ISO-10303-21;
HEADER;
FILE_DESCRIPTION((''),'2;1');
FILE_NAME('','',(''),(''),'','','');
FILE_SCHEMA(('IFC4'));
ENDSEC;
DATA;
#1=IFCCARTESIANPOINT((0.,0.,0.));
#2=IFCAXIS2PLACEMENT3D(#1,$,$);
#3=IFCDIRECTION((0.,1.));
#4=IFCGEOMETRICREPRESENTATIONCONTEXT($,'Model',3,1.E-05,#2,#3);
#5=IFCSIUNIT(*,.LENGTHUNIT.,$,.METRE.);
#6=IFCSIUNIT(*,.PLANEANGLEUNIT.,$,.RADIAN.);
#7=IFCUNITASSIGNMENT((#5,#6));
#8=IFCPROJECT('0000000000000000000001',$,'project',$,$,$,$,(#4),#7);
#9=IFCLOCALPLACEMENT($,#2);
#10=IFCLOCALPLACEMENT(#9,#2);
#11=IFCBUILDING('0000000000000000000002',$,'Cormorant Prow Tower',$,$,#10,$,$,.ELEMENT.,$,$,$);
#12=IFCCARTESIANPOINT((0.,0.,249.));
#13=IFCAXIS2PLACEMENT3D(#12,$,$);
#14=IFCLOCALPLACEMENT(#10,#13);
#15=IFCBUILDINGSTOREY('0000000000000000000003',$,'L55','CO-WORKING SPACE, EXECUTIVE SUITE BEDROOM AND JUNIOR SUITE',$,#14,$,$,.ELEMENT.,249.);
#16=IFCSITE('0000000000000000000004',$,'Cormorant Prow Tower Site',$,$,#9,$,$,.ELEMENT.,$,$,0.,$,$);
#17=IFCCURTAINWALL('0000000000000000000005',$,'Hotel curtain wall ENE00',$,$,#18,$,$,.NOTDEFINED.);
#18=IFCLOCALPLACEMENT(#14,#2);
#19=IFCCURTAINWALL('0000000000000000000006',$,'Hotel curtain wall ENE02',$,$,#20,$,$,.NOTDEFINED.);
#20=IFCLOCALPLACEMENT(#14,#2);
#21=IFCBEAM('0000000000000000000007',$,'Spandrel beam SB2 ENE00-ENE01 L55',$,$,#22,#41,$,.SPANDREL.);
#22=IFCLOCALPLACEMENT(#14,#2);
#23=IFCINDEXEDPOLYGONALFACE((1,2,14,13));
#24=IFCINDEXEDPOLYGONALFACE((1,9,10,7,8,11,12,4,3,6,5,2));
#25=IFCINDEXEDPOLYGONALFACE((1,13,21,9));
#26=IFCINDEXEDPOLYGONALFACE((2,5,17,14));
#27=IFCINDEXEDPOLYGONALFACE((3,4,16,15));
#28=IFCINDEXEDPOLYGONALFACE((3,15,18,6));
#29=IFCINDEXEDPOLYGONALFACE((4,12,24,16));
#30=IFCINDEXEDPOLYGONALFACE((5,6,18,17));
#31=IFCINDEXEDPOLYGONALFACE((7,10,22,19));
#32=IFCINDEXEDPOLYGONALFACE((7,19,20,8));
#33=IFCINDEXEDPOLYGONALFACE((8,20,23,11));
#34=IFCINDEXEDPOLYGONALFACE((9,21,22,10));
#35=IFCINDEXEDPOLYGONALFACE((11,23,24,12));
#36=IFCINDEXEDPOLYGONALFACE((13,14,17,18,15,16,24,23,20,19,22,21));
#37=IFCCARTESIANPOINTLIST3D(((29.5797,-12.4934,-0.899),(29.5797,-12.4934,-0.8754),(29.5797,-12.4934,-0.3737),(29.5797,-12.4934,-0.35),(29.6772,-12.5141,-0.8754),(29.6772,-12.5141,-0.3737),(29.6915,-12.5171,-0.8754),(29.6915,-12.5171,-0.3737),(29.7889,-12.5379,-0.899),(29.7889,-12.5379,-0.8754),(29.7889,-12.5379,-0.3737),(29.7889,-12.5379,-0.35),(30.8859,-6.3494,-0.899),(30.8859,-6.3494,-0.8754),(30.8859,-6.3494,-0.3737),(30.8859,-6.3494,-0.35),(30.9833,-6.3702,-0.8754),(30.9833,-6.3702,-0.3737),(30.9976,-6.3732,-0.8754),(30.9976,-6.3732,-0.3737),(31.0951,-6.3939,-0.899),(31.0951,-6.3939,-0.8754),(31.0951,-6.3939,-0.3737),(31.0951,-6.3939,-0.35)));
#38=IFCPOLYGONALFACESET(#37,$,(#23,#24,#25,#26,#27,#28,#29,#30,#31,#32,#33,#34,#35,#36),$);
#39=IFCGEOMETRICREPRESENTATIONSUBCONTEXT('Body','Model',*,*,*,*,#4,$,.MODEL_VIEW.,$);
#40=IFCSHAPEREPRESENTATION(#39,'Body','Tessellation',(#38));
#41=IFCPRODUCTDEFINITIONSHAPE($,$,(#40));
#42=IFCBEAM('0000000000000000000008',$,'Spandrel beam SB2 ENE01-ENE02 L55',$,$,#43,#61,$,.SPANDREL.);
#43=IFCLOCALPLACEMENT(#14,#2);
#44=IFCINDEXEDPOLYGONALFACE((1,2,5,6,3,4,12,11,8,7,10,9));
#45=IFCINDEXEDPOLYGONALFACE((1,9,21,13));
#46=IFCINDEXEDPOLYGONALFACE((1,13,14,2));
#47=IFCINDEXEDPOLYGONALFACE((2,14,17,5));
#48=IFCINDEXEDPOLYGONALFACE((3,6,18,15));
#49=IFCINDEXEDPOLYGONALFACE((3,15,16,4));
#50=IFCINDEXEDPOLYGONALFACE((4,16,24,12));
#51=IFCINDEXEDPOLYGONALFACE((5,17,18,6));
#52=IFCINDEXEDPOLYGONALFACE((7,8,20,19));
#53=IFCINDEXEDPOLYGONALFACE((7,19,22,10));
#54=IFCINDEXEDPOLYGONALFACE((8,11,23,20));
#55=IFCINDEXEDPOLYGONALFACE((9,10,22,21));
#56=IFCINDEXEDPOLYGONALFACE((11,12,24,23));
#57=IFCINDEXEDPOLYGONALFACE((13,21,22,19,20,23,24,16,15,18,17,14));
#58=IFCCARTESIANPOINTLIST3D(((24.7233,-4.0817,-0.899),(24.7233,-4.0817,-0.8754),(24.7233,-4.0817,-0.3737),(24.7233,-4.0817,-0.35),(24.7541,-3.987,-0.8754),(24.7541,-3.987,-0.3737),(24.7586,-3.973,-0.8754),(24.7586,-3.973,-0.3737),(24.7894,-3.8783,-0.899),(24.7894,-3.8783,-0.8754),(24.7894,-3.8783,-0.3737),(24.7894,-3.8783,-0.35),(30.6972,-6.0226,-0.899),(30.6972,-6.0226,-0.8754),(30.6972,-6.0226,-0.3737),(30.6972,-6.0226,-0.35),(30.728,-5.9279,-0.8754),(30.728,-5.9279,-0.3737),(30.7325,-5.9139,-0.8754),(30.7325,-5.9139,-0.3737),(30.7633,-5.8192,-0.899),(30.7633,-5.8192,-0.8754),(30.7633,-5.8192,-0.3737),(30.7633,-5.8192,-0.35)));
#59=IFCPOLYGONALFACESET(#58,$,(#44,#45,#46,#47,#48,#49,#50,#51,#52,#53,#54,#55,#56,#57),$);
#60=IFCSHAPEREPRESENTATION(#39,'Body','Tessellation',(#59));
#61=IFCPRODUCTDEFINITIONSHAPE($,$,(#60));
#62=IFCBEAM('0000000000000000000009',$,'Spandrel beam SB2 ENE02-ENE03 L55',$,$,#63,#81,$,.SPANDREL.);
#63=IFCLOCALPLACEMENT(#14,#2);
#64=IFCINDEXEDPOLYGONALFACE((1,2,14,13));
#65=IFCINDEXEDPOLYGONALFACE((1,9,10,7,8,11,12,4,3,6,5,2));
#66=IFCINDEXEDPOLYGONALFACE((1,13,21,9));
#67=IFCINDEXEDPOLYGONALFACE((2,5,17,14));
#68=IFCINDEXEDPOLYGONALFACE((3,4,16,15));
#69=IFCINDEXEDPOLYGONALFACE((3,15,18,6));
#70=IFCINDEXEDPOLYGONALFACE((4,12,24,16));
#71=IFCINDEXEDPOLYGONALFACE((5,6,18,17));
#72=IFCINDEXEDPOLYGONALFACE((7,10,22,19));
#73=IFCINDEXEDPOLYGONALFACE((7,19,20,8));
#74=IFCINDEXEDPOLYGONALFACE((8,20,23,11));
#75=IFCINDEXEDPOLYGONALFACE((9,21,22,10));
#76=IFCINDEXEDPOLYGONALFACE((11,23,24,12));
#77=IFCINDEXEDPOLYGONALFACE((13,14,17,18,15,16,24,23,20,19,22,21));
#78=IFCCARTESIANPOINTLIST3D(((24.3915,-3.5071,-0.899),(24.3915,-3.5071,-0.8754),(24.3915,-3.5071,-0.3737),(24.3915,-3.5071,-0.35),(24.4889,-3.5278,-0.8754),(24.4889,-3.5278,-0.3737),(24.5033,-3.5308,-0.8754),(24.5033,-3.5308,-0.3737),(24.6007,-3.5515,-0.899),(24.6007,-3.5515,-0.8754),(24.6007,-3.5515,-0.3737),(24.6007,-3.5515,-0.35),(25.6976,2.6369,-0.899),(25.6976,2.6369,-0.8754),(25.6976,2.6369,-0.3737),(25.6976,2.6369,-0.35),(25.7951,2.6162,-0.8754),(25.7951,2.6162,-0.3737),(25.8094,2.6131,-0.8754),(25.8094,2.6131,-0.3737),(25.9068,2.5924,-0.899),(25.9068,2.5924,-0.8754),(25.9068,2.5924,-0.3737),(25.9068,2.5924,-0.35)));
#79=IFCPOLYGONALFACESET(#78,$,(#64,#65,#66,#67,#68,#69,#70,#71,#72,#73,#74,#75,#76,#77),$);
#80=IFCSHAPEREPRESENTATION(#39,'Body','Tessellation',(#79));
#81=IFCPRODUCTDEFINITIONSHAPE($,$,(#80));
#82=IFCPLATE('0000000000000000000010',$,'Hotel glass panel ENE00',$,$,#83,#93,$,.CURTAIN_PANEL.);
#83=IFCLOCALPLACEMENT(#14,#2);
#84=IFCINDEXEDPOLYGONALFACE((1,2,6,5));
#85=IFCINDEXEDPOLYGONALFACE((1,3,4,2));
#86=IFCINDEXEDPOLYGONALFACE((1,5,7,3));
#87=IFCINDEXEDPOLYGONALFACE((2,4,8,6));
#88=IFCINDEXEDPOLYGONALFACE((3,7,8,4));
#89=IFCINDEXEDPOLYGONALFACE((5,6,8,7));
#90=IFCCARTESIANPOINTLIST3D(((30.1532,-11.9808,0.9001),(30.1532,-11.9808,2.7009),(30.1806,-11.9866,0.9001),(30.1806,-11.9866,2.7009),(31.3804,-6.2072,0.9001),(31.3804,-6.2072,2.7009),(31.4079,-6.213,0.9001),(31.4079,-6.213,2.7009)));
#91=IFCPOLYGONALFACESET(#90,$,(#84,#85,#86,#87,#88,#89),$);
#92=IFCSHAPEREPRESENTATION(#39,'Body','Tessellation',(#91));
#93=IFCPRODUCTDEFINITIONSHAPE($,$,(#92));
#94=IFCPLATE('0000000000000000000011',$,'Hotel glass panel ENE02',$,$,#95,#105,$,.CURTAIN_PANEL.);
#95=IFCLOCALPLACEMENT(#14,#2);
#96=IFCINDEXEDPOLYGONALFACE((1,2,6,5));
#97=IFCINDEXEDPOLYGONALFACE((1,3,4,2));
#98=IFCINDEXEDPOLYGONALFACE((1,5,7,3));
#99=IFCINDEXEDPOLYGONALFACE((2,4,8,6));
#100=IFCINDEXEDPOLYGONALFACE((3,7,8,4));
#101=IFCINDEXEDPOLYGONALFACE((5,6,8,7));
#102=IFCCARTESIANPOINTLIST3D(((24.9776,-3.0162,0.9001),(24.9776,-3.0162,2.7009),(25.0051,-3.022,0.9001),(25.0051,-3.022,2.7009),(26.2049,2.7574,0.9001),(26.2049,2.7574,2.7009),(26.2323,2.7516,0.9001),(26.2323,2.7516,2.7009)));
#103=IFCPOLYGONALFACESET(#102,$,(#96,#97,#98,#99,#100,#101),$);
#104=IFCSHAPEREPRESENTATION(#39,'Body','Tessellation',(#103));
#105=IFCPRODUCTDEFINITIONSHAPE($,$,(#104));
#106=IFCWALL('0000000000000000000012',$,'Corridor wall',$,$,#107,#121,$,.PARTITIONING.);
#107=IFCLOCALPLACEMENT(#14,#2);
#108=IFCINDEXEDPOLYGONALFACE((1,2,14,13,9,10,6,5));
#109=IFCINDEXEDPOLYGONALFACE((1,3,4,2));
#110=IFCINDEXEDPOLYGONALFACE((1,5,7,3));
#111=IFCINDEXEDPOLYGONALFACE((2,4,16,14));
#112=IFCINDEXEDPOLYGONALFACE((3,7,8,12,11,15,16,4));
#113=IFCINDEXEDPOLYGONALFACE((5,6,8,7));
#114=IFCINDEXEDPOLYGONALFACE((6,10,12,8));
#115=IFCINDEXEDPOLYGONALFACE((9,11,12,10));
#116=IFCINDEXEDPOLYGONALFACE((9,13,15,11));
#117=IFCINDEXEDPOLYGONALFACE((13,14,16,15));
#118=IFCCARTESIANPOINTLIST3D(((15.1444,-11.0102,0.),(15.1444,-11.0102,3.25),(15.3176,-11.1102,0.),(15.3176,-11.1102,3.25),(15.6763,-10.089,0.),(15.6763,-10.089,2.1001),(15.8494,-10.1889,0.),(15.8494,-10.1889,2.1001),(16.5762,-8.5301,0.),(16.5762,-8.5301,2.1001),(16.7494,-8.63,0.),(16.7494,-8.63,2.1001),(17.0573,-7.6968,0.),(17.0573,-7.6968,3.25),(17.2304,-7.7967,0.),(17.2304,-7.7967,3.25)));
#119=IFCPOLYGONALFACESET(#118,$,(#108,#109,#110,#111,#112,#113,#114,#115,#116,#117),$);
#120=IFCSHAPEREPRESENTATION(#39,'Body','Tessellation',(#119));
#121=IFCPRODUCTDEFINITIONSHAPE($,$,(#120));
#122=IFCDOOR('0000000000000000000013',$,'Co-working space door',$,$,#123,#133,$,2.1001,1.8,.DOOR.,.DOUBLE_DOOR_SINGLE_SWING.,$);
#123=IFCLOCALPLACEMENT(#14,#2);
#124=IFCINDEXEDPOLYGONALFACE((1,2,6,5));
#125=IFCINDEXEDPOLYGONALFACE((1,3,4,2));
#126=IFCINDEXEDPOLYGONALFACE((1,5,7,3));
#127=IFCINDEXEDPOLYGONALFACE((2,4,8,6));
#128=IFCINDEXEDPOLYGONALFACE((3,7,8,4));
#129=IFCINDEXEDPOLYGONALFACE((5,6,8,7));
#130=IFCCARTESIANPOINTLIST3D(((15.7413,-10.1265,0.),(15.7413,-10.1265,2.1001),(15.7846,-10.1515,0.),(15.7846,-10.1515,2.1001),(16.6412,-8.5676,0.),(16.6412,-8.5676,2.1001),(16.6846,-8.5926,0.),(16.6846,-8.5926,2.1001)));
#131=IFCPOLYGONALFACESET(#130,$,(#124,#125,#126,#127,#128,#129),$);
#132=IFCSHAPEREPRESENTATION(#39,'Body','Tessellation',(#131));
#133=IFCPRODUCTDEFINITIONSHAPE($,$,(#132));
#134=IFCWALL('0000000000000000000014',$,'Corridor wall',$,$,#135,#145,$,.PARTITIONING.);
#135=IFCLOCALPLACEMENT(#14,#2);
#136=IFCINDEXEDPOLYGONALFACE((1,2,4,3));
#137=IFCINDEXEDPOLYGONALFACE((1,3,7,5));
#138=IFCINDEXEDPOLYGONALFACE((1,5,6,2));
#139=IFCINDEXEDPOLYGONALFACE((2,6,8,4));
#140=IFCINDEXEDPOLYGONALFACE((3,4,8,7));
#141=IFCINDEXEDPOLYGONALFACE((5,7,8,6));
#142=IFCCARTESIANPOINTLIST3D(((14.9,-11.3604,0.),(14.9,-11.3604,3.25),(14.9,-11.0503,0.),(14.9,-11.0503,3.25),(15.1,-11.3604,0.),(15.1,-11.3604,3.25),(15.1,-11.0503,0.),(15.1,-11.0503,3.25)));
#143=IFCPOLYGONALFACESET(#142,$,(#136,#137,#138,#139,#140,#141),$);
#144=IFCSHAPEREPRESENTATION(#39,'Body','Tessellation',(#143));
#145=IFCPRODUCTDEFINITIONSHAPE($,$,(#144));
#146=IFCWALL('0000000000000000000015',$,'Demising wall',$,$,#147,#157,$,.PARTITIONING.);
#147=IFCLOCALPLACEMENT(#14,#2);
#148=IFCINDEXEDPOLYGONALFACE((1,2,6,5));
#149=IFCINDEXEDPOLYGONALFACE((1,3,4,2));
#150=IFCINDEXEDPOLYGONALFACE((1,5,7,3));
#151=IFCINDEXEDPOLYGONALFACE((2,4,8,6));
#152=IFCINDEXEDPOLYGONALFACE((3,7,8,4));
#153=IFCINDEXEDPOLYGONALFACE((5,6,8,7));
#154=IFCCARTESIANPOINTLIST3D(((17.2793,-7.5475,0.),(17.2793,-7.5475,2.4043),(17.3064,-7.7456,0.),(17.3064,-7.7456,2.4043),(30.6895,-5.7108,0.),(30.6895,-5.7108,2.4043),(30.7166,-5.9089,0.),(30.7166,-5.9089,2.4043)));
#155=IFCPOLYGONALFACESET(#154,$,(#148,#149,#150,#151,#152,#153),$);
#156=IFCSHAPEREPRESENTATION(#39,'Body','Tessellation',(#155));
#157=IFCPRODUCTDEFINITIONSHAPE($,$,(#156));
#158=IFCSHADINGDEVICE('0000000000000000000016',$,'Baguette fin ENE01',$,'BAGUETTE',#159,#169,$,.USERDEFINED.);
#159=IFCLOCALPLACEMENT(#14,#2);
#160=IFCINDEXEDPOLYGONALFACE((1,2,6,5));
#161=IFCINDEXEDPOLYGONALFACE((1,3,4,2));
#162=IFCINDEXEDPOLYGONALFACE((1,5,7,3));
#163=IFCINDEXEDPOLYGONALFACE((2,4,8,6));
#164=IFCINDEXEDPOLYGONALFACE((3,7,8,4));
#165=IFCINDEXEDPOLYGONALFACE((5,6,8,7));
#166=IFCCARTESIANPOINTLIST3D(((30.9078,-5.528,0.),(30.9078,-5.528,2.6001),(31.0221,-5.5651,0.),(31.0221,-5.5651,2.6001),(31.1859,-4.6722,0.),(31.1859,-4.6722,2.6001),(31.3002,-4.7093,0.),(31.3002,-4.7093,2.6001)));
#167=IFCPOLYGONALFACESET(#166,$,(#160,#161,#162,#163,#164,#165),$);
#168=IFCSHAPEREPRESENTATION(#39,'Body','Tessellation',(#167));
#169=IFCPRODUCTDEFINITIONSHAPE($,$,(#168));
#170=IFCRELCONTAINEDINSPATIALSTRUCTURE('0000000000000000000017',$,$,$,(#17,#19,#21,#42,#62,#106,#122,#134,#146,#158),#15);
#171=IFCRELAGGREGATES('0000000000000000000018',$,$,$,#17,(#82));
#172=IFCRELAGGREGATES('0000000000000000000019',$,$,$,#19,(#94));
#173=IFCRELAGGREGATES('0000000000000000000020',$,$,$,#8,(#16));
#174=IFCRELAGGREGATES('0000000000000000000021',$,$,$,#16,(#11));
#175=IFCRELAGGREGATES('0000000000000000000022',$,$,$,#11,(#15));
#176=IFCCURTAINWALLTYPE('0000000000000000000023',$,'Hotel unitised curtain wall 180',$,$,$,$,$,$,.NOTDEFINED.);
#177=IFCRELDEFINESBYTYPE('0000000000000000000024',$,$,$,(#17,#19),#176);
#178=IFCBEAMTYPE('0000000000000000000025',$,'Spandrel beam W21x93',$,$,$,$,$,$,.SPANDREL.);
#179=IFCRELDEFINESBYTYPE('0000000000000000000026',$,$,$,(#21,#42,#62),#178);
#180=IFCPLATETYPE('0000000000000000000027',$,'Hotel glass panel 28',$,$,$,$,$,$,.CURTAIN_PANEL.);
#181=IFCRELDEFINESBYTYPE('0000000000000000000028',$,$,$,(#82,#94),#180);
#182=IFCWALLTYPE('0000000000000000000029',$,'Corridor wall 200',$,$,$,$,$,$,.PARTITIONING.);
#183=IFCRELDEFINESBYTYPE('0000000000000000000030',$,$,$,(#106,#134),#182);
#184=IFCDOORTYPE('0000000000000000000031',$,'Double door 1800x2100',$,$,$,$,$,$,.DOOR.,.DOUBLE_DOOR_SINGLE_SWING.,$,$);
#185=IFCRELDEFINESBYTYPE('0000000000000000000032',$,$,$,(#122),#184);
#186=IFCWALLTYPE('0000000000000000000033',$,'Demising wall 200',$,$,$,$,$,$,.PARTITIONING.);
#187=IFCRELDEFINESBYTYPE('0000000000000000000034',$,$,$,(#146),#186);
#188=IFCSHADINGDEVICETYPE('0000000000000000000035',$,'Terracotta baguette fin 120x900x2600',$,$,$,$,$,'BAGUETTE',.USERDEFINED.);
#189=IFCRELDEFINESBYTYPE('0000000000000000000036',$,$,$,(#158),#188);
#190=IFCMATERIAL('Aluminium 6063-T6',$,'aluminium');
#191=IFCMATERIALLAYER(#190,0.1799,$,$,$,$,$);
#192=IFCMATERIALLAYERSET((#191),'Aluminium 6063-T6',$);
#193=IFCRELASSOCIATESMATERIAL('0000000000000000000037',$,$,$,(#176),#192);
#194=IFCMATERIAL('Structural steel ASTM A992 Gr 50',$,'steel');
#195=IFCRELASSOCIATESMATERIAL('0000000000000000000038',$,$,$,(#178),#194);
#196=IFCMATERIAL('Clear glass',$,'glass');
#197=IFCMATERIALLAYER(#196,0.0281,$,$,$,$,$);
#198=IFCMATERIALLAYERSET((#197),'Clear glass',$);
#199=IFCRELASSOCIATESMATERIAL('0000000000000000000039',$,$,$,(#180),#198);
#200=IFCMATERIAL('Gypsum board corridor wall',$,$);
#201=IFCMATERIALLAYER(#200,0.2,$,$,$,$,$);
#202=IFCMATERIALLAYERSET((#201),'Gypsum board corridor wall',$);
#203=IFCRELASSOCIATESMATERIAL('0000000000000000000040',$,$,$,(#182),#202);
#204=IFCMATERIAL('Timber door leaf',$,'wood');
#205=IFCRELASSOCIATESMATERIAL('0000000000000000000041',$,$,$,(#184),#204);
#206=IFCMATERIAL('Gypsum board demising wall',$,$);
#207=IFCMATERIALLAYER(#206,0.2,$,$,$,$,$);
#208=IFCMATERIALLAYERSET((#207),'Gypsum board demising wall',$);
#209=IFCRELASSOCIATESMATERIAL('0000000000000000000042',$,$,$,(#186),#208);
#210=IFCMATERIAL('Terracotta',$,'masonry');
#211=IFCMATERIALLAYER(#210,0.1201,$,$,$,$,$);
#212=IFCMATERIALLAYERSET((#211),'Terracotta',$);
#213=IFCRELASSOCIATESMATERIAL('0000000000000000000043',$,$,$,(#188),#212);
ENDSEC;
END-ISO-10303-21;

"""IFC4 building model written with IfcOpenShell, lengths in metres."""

from ifc_helpers import new_model, si_unit, direction, frame, frame_2d, origin, origin_2d, place, context, subcontext, project, spatial, rectangle, i_section, extrude, material, layer, layer_set, material_profile, profile_set, type_object, element, fill, aggregate, save


model = new_model("IFC4")

# Units and contexts
model_context = context("Model", 3, precision=1e-05, world=origin(), true_north=direction((0.0, 1.0)))
body_context = subcontext(model_context, "Body", "Model", "MODEL_VIEW")
ifc_project = project(units=[si_unit("LENGTHUNIT", "METRE"), si_unit("PLANEANGLEUNIT", "RADIAN")], contexts=[model_context])

# Site, building, storey
site_placement = place(None, origin())
site = spatial("IfcSite", under=ifc_project, at=site_placement, Name="Cormorant Prow Tower Site", CompositionType="ELEMENT", RefElevation=0.0)
building_placement = place(site_placement, origin())
building = spatial("IfcBuilding", under=site, at=building_placement, Name="Cormorant Prow Tower", CompositionType="ELEMENT")
storey_placement = place(building_placement, frame((0.0, 0.0, 249.0)))
storey = spatial("IfcBuildingStorey", under=building, at=storey_placement, Name="L55", Description="CO-WORKING SPACE, EXECUTIVE SUITE BEDROOM AND JUNIOR SUITE", CompositionType="ELEMENT", Elevation=249.0)

# Curtain walls
ifc_material_1 = material(Name="Aluminium 6063-T6", Category="aluminium")
ifc_layer_1 = layer(ifc_material_1, 0.1799)
ifc_layer_set_1 = layer_set([ifc_layer_1], Name="Aluminium 6063-T6")
curtain_wall_type = type_object("IfcCurtainWallType", Name="Hotel unitised curtain wall 180", PredefinedType="NOTDEFINED", material=ifc_layer_set_1)
curtain_wall_1_placement = place(storey_placement, origin())
curtain_wall_1 = element("IfcCurtainWall", 1, at=curtain_wall_1_placement, inside=storey, type_object=curtain_wall_type, Name="Hotel curtain wall ENE00", PredefinedType="NOTDEFINED")
curtain_wall_2_placement = place(storey_placement, origin())
curtain_wall_2 = element("IfcCurtainWall", 2, at=curtain_wall_2_placement, inside=storey, type_object=curtain_wall_type, Name="Hotel curtain wall ENE02", PredefinedType="NOTDEFINED")

# Beams
ifc_material_2 = material(Name="Structural steel ASTM A992 Gr 50", Category="steel")
ifc_material_profile_1 = material_profile(ifc_material_2, i_section(OverallWidth=0.2139, OverallDepth=0.5491, WebThickness=0.0146, FlangeThickness=0.0237, at=origin_2d()), Name="W21x93")
ifc_profile_set_1 = profile_set([ifc_material_profile_1], Name="Structural steel ASTM A992 Gr 50")
beam_type_1 = type_object("IfcBeamType", Name="Spandrel beam W21x93", PredefinedType="SPANDREL", material=ifc_profile_set_1)
for number, where, z_axis, x_axis, name in (
    (3, (29.6843, -12.5156, -0.6245), (0.207941, 0.978141, 0.0), (-0.978141, 0.207941, 0.0), "Spandrel beam SB2 ENE00-ENE01 L55"),
    (4, (30.7302, -5.9209, -0.6245), (-0.951062, 0.309001, 0.0), (-0.309001, -0.951062, 0.0), "Spandrel beam SB2 ENE01-ENE02 L55"),
    (5, (24.4961, -3.5293, -0.6245), (0.207941, 0.978141, 0.0), (-0.978141, 0.207941, 0.0), "Spandrel beam SB2 ENE02-ENE03 L55"),
):
    element("IfcBeam", number, at=place(storey_placement, frame(where, z_axis=z_axis, x_axis=x_axis)), inside=storey, type_object=beam_type_1, Name=name, PredefinedType="SPANDREL", context=body_context, shape_type="SweptSolid", body=[
        extrude(i_section(OverallWidth=0.2139, OverallDepth=0.5491, WebThickness=0.0146, FlangeThickness=0.0237, at=origin_2d()), origin(), (0.0, 0.0, 1.0), 6.2812),
    ])

# Plates
ifc_material_3 = material(Name="Clear glass", Category="glass")
ifc_layer_2 = layer(ifc_material_3, 0.0281)
ifc_layer_set_2 = layer_set([ifc_layer_2], Name="Clear glass")
plate_type = type_object("IfcPlateType", Name="Hotel glass panel 28", PredefinedType="CURTAIN_PANEL", material=ifc_layer_set_2)
plate_1_placement = place(storey_placement, frame((30.7805, -9.0969, 0.9001), z_axis=(0.0, 0.0, 1.0), x_axis=(0.207912, 0.978148, 0.0)))
plate_1 = element("IfcPlate", 6, at=plate_1_placement, type_object=plate_type, Name="Hotel glass panel ENE00", PredefinedType="CURTAIN_PANEL", context=body_context, shape_type="SweptSolid", body=[
    extrude(rectangle(XDim=5.9026, YDim=0.0281, at=origin_2d()), origin(), (0.0, 0.0, 1.0), 1.8008),
])
aggregate(curtain_wall_1, [plate_1])
plate_2_placement = place(storey_placement, frame((25.605, -0.1323, 0.9001), z_axis=(0.0, 0.0, 1.0), x_axis=(0.207912, 0.978148, 0.0)))
plate_2 = element("IfcPlate", 7, at=plate_2_placement, type_object=plate_type, Name="Hotel glass panel ENE02", PredefinedType="CURTAIN_PANEL", context=body_context, shape_type="SweptSolid", body=[
    extrude(rectangle(XDim=5.9026, YDim=0.0281, at=origin_2d()), origin(), (0.0, 0.0, 1.0), 1.8008),
])
aggregate(curtain_wall_2, [plate_2])

# Wall, opening, door
ifc_material_4 = material(Name="Gypsum board corridor wall")
ifc_layer_3 = layer(ifc_material_4, 0.2)
ifc_layer_set_3 = layer_set([ifc_layer_3], Name="Gypsum board corridor wall")
wall_type_1 = type_object("IfcWallType", Name="Corridor wall 200", PredefinedType="PARTITIONING", material=ifc_layer_set_3)
wall_1_placement = place(storey_placement, frame((15.231, -11.0603, 0.0), z_axis=(0.0, 0.0, 1.0), x_axis=(0.499962, 0.866047, 0.0)))
wall_1 = element("IfcWall", 8, at=wall_1_placement, inside=storey, type_object=wall_type_1, Name="Corridor wall", PredefinedType="PARTITIONING", context=body_context, shape_type="SweptSolid", body=[
    extrude(rectangle(XDim=3.8259, YDim=0.2, at=frame_2d((1.9131, 0.0))), origin(), (0.0, 0.0, 1.0), 3.25),
])
opening_1_placement = place(wall_1_placement, frame((1.064, 0.0, 0.0)))
opening_1 = element("IfcOpeningElement", 9, at=opening_1_placement, cuts=wall_1, PredefinedType="OPENING", context=body_context, shape_type="SweptSolid", body=[
    extrude(rectangle(XDim=1.8, YDim=2.1001, at=frame_2d((0.8999, 1.05))), frame((0.0, 0.1099, 0.0), z_axis=(0.0, -1.0, 0.0), x_axis=(1.0, 0.0, 0.0)), (0.0, 0.0, 1.0), 0.22),
])
ifc_material_5 = material(Name="Timber door leaf", Category="wood")
door_type_1 = type_object("IfcDoorType", Name="Double door 1800x2100", OperationType="DOUBLE_DOOR_SINGLE_SWING", PredefinedType="DOOR", material=ifc_material_5)
door_1_placement = place(opening_1_placement, origin())
door_1 = element("IfcDoor", 10, at=door_1_placement, inside=storey, type_object=door_type_1, Name="Co-working space door", OperationType="DOUBLE_DOOR_SINGLE_SWING", OverallHeight=2.1001, OverallWidth=1.8, PredefinedType="DOOR", context=body_context, shape_type="SweptSolid", body=[
    extrude(rectangle(XDim=1.8, YDim=2.1001, at=frame_2d((0.8999, 1.05))), frame((0.0, 0.0249, 0.0), z_axis=(0.0, -1.0, 0.0), x_axis=(1.0, 0.0, 0.0)), (0.0, 0.0, 1.0), 0.05),
])
fill(opening_1, door_1)

# Walls
wall_2_placement = place(storey_placement, frame((15.0, -11.3604, 0.0), z_axis=(0.0, 0.0, 1.0), x_axis=(0.0, 1.0, 0.0)))
element("IfcWall", 11, at=wall_2_placement, inside=storey, type_object=wall_type_1, Name="Corridor wall", PredefinedType="PARTITIONING", context=body_context, shape_type="SweptSolid", body=[
    extrude(rectangle(XDim=0.3101, YDim=0.2, at=frame_2d((0.155, 0.0))), origin(), (0.0, 0.0, 1.0), 3.25),
])
ifc_material_6 = material(Name="Gypsum board demising wall")
ifc_layer_4 = layer(ifc_material_6, 0.2)
ifc_layer_set_4 = layer_set([ifc_layer_4], Name="Gypsum board demising wall")
wall_type_2 = type_object("IfcWallType", Name="Demising wall 200", PredefinedType="PARTITIONING", material=ifc_layer_set_4)
wall_3_placement = place(storey_placement, frame((17.293, -7.6465, 0.0), z_axis=(0.0, 0.0, 1.0), x_axis=(0.990751, 0.135694, 0.0)))
element("IfcWall", 12, at=wall_3_placement, inside=storey, type_object=wall_type_2, Name="Demising wall", PredefinedType="PARTITIONING", context=body_context, shape_type="SweptSolid", body=[
    extrude(rectangle(XDim=13.5354, YDim=0.2, at=frame_2d((6.7676, 0.0))), origin(), (0.0, 0.0, 1.0), 2.4043),
])

# Shading device
ifc_material_7 = material(Name="Terracotta", Category="masonry")
ifc_layer_5 = layer(ifc_material_7, 0.1201)
ifc_layer_set_5 = layer_set([ifc_layer_5], Name="Terracotta")
shading_device_type = type_object("IfcShadingDeviceType", Name="Terracotta baguette fin 120x900x2600", ElementType="BAGUETTE", PredefinedType="USERDEFINED", material=ifc_layer_set_5)
shading_device_placement = place(storey_placement, frame((31.104, -5.1187, 0.0), z_axis=(0.0, 0.0, 1.0), x_axis=(-0.951057, 0.309017, 0.0)))
element("IfcShadingDevice", 13, at=shading_device_placement, inside=storey, type_object=shading_device_type, Name="Baguette fin ENE01", ObjectType="BAGUETTE", PredefinedType="USERDEFINED", context=body_context, shape_type="SweptSolid", body=[
    extrude(rectangle(XDim=0.1201, YDim=0.8999, at=origin_2d()), origin(), (0.0, 0.0, 1.0), 2.6001),
])

save(model, "model.ifc")
